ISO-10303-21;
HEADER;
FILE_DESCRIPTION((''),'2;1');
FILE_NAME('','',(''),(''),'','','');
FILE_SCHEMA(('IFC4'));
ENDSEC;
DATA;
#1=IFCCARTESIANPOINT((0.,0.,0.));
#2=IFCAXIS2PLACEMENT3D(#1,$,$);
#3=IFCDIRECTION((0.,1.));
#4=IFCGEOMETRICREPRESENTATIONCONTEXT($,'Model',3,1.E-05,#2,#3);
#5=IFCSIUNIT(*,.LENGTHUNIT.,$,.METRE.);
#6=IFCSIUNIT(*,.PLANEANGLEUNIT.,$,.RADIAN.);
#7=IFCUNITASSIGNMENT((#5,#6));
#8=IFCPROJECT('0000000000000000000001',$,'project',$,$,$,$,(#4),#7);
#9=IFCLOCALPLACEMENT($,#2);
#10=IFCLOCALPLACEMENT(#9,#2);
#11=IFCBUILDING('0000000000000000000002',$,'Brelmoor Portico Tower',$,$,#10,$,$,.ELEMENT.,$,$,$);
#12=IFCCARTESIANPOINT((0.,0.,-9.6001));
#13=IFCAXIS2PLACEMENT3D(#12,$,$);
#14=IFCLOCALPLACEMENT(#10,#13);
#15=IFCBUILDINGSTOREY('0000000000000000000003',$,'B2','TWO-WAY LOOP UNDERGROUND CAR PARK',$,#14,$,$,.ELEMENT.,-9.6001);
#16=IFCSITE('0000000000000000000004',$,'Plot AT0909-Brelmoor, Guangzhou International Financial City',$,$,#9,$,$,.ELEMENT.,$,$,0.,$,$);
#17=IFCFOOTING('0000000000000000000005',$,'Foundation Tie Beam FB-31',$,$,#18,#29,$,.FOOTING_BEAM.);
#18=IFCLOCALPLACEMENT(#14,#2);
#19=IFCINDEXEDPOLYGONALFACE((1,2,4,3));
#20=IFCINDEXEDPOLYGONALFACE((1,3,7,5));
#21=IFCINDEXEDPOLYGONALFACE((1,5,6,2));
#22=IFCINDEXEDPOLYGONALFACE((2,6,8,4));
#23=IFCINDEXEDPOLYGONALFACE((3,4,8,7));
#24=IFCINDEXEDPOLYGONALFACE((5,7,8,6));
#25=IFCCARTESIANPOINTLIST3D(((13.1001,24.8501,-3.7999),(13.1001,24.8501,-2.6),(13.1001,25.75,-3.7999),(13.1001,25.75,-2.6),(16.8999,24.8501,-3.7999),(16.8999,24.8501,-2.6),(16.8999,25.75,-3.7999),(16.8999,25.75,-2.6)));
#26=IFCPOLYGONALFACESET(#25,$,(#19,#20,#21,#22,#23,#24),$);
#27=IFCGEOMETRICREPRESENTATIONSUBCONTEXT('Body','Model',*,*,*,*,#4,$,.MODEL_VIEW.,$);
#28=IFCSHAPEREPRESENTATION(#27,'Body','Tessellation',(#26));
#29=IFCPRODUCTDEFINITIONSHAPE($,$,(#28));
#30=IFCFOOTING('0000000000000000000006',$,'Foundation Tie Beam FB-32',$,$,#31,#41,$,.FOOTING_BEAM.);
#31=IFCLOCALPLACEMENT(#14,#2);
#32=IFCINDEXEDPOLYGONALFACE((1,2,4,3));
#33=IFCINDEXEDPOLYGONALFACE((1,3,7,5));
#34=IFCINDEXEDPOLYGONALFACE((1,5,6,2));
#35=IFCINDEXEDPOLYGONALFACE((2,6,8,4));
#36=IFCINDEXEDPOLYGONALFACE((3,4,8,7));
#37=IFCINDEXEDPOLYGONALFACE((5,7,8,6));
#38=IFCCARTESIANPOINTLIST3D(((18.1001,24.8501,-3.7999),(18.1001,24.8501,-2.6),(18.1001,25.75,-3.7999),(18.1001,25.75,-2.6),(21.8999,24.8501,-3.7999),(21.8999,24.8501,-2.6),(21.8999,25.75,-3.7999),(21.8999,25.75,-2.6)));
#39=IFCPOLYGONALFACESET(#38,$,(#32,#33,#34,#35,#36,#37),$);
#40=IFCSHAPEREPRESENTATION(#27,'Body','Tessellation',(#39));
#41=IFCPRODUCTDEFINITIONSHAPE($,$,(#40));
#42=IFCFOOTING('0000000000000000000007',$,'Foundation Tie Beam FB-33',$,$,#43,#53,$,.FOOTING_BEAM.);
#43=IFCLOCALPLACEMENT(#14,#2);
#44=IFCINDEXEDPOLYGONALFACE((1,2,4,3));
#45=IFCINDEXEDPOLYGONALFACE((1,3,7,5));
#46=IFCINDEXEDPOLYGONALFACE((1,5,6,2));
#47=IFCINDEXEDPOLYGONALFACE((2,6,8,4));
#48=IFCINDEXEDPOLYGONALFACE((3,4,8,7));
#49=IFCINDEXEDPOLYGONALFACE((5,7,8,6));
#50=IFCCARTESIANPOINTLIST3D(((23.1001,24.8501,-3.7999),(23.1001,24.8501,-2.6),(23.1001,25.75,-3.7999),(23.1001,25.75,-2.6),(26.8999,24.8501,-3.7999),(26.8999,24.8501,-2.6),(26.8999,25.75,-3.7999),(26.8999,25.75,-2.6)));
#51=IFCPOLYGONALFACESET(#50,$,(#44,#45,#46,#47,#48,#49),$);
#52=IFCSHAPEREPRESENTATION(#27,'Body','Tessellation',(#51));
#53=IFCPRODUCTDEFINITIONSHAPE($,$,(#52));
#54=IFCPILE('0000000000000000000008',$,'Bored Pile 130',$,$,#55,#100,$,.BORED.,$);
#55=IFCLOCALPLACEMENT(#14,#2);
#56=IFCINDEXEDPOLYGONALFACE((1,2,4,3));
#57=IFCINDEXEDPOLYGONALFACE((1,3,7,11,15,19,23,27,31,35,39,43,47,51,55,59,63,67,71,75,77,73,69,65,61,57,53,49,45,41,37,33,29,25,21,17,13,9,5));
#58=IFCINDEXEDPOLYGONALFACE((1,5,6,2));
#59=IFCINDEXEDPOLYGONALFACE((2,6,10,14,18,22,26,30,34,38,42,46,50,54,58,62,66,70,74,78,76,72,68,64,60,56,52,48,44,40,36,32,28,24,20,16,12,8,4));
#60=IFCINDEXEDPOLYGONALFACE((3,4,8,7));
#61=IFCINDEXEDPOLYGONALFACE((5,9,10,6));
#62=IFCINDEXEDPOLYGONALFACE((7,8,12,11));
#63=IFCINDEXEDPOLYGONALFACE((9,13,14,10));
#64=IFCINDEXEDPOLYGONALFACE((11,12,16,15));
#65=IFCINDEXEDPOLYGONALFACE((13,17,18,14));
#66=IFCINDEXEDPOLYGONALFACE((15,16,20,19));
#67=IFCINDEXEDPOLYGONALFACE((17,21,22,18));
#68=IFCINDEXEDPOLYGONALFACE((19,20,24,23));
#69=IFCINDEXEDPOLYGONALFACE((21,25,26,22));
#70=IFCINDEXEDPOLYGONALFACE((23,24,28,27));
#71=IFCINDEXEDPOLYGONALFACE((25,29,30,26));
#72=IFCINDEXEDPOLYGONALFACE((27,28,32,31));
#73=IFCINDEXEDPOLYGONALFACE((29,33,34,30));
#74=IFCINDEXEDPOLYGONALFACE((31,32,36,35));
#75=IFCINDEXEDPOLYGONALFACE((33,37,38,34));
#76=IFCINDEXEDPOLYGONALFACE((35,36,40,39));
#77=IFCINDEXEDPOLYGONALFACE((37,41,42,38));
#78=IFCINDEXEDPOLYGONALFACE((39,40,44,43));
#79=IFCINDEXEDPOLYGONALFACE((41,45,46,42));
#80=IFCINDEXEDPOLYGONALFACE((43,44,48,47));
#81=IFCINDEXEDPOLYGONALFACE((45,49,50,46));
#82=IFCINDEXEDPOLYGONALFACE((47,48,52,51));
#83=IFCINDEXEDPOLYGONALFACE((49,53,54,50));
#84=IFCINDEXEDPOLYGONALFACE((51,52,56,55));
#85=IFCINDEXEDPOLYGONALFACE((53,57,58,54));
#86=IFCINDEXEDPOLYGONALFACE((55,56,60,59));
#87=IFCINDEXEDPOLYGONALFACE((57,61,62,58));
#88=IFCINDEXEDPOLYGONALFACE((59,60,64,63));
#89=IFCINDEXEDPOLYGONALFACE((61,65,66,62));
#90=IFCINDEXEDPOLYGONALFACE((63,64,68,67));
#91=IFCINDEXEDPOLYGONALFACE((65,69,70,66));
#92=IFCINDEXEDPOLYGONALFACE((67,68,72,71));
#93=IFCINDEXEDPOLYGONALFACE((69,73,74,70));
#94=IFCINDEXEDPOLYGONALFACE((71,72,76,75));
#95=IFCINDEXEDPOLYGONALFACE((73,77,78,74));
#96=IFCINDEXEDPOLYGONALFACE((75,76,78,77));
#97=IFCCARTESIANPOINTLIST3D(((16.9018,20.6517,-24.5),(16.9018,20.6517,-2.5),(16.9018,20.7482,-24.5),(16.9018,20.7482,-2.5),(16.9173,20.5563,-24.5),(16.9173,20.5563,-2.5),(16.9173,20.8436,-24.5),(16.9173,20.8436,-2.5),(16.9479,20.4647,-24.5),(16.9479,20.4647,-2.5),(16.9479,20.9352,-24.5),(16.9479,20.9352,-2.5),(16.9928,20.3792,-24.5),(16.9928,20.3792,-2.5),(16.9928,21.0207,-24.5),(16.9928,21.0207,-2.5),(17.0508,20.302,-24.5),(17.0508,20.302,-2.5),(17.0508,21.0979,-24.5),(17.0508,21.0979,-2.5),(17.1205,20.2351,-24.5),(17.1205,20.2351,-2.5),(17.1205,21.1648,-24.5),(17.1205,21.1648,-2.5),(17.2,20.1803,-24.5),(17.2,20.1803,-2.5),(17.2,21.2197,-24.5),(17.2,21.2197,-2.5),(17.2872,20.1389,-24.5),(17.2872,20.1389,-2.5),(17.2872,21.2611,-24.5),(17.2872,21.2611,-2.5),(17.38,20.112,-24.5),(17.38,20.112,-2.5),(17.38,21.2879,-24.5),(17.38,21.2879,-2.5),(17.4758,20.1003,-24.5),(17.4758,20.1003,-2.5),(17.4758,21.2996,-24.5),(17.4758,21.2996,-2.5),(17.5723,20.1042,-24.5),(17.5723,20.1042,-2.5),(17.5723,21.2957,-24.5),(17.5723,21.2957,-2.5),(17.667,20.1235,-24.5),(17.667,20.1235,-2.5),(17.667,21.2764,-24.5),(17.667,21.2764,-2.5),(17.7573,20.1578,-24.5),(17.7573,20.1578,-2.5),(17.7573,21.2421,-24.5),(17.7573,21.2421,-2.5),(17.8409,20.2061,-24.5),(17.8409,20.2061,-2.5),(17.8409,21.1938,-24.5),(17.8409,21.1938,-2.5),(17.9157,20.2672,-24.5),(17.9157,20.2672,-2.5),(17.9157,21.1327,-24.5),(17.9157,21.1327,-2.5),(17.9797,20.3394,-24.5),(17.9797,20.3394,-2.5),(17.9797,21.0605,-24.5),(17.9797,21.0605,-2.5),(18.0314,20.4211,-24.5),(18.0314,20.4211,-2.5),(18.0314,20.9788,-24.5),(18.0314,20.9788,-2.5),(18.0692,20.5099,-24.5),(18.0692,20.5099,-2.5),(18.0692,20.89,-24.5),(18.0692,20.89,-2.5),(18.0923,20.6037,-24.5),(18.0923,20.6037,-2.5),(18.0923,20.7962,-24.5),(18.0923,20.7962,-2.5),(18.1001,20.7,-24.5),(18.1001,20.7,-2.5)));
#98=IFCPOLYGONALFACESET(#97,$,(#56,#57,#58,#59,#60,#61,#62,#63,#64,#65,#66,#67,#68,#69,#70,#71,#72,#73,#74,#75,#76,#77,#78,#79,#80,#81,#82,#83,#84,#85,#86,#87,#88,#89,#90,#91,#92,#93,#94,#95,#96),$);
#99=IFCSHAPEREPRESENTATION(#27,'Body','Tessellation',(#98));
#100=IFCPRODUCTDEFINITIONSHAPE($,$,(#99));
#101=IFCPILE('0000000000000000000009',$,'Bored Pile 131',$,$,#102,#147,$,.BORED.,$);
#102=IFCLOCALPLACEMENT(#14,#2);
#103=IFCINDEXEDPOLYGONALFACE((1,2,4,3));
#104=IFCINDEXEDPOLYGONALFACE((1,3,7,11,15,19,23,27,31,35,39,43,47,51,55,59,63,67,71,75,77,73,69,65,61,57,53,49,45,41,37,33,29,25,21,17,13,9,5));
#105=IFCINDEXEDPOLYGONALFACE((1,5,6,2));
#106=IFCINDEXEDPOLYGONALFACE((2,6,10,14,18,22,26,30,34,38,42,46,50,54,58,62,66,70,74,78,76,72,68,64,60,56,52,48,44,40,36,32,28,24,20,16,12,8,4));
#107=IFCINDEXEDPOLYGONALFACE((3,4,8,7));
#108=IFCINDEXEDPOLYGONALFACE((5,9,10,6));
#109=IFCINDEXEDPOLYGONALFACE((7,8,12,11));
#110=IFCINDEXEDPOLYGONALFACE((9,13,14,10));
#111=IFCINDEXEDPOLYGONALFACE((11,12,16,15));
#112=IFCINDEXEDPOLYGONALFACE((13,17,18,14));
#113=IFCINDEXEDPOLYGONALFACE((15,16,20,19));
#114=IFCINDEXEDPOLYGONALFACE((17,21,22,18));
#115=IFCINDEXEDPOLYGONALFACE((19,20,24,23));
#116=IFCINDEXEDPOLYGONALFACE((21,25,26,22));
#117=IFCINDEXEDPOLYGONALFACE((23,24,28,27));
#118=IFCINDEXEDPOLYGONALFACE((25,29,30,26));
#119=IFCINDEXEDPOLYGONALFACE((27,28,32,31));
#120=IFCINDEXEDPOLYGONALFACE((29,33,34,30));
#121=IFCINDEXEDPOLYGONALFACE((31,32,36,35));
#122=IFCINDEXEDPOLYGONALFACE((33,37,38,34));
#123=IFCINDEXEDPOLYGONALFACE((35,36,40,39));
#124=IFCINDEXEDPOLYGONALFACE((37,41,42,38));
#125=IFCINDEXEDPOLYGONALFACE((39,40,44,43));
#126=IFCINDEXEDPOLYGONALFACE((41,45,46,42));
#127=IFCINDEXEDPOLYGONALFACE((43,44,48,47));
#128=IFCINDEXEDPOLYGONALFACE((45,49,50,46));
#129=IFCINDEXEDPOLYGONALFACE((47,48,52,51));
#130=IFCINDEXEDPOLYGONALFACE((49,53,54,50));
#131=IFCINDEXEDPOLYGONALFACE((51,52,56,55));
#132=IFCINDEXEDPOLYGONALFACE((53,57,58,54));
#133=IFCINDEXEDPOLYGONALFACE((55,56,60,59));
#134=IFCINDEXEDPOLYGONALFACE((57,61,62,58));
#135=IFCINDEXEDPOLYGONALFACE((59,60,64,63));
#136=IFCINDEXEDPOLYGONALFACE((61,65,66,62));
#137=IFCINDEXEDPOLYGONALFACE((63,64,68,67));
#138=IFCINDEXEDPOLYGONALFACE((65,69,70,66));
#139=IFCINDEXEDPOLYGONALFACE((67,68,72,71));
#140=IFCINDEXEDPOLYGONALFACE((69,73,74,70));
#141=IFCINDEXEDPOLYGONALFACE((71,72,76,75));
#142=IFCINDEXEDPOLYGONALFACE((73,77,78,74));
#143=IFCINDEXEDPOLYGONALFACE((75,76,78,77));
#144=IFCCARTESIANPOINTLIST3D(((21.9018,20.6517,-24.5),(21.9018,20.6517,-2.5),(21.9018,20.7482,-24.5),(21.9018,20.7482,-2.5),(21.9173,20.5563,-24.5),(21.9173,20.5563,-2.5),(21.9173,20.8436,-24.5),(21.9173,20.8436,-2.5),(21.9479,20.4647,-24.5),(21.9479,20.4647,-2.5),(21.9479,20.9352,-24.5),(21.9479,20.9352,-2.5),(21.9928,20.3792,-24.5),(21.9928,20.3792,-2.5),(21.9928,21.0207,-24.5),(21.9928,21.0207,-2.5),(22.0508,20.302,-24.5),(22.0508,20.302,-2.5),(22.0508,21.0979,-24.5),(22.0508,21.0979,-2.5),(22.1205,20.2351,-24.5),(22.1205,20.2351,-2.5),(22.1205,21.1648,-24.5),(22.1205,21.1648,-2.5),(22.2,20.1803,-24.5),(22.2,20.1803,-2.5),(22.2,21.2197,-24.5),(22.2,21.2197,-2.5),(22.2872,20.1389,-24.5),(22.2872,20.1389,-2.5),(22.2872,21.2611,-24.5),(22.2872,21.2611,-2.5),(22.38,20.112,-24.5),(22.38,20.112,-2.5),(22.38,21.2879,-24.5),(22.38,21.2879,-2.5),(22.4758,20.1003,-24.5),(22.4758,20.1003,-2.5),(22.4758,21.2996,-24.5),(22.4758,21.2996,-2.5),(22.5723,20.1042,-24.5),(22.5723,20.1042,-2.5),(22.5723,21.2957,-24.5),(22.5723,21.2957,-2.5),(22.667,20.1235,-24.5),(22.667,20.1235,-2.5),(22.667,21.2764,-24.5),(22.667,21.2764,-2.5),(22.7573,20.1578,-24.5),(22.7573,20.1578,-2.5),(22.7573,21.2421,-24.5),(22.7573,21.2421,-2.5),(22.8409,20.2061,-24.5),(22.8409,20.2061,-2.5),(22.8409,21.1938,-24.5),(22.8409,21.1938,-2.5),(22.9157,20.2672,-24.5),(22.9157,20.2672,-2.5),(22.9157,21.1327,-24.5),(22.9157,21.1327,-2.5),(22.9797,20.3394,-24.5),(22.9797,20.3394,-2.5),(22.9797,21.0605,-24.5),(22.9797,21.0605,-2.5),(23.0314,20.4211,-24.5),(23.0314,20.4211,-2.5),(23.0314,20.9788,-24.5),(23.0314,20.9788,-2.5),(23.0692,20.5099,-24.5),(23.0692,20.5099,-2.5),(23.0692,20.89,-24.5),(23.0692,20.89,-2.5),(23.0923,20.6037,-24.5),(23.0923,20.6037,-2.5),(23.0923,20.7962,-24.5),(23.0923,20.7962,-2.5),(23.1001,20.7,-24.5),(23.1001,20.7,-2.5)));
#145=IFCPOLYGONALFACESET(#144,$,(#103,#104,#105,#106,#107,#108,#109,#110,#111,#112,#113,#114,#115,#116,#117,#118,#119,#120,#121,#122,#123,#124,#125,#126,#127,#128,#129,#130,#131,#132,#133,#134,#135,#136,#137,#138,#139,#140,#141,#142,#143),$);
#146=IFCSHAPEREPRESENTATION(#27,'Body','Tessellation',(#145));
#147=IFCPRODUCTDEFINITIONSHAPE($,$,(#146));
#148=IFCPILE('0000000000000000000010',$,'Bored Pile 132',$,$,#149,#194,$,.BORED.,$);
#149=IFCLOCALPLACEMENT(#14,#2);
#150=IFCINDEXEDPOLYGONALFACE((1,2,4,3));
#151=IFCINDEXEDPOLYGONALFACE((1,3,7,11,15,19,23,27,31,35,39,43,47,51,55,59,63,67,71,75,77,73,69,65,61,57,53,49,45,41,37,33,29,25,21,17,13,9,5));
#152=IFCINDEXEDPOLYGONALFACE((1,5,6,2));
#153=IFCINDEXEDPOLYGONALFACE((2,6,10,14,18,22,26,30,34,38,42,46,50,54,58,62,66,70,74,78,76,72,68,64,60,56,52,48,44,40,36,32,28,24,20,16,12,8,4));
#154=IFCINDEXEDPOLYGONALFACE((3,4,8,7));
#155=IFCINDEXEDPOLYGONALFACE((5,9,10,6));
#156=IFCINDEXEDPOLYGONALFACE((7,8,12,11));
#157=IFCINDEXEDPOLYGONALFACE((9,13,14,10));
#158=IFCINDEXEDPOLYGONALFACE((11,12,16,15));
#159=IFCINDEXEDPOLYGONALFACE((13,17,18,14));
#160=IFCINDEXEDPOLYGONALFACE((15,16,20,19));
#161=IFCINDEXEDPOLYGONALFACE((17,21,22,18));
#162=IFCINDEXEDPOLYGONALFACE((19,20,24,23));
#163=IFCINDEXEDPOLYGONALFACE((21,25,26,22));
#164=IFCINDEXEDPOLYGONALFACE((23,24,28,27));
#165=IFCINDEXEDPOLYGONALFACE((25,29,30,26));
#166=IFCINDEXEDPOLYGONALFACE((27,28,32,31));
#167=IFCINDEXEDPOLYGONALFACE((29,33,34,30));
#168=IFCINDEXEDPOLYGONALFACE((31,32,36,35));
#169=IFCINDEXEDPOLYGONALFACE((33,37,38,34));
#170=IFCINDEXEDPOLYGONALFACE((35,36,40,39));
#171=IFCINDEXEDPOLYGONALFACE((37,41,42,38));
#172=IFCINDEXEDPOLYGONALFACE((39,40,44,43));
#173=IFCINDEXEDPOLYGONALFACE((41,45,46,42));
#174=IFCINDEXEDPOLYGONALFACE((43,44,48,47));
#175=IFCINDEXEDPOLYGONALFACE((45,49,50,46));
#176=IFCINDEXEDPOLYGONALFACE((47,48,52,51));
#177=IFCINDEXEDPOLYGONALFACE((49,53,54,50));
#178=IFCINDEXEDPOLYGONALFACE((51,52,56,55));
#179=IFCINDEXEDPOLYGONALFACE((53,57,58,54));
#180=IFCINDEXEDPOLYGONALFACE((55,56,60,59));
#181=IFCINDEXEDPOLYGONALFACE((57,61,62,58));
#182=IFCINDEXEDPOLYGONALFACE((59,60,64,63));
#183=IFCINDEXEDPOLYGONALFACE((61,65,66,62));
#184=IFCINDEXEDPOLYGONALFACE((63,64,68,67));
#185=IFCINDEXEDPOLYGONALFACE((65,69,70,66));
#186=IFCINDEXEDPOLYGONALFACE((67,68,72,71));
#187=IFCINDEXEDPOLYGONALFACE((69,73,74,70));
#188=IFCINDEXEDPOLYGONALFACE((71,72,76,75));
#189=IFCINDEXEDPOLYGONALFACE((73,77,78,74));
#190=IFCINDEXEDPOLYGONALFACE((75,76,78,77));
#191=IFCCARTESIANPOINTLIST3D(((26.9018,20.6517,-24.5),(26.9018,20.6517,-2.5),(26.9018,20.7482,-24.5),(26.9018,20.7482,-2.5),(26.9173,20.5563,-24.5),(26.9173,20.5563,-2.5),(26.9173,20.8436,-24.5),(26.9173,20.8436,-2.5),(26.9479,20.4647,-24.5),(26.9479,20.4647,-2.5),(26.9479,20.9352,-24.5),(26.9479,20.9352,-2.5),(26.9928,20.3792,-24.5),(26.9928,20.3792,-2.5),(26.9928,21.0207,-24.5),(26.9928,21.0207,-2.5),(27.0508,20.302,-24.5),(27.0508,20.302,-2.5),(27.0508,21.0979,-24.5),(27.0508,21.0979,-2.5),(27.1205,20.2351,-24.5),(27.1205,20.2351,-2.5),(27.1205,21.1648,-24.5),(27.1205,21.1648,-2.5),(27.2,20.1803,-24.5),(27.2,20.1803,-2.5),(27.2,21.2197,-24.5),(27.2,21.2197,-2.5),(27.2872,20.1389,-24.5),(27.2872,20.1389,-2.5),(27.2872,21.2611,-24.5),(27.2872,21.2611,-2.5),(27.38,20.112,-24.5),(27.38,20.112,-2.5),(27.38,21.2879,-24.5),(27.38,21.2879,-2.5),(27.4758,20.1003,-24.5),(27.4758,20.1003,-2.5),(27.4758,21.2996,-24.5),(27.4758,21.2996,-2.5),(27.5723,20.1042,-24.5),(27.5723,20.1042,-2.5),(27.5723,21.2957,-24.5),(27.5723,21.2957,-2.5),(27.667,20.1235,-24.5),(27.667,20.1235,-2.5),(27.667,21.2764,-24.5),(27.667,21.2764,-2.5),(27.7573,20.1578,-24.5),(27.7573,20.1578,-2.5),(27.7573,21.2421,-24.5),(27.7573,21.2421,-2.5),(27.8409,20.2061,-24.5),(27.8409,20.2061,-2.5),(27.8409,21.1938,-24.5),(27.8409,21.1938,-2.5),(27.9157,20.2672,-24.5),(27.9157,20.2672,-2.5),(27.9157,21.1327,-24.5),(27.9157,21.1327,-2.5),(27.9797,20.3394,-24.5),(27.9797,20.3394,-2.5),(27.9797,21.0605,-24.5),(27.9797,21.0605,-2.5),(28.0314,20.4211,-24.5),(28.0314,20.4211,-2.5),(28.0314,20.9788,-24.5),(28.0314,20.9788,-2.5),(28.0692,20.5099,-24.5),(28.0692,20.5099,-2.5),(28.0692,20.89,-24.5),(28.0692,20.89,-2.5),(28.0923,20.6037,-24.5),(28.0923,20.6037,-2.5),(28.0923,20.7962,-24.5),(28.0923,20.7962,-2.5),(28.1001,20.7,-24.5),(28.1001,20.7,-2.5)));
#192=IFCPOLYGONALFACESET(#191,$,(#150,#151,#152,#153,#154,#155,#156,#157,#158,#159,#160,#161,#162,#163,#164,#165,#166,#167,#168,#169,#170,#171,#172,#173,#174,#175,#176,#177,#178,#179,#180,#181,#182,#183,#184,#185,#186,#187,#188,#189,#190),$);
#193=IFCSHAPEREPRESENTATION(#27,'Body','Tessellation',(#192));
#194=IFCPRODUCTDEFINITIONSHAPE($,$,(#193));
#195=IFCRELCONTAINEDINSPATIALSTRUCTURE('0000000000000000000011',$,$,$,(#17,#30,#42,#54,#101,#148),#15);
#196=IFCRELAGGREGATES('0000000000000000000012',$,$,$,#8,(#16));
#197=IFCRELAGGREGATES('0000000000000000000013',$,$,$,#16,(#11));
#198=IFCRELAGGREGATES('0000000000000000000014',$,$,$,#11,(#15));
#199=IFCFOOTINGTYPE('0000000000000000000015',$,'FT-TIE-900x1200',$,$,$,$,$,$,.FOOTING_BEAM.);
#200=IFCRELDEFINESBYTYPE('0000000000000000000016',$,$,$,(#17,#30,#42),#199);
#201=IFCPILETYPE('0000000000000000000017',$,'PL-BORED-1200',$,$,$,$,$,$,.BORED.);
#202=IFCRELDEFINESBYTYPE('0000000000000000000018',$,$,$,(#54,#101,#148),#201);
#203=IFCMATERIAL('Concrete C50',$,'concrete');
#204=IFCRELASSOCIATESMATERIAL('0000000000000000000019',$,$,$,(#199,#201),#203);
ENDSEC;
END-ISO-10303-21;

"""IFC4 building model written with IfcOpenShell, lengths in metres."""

from ifc_helpers import new_model, si_unit, direction, frame, origin, origin_2d, place, context, subcontext, project, spatial, rectangle, circle, extrude, material, material_profile, profile_set, type_object, element, save


model = new_model("IFC4")

# Units and contexts
model_context = context("Model", 3, precision=1e-05, world=origin(), true_north=direction((0.0, 1.0)))
body_context = subcontext(model_context, "Body", "Model", "MODEL_VIEW")
ifc_project = project(units=[si_unit("LENGTHUNIT", "METRE"), si_unit("PLANEANGLEUNIT", "RADIAN")], contexts=[model_context])

# Site, building, storey
site_placement = place(None, origin())
site = spatial("IfcSite", under=ifc_project, at=site_placement, Name="Plot AT0909-Brelmoor, Guangzhou International Financial City", CompositionType="ELEMENT", RefElevation=0.0)
building_placement = place(site_placement, origin())
building = spatial("IfcBuilding", under=site, at=building_placement, Name="Brelmoor Portico Tower", CompositionType="ELEMENT")
storey_placement = place(building_placement, frame((0.0, 0.0, -9.6001)))
storey = spatial("IfcBuildingStorey", under=building, at=storey_placement, Name="B2", Description="TWO-WAY LOOP UNDERGROUND CAR PARK", CompositionType="ELEMENT", Elevation=-9.6001)

# Footings
ifc_material_1 = material(Name="Concrete C50", Category="concrete")
ifc_material_profile_1 = material_profile(ifc_material_1, rectangle(XDim=0.8999, YDim=1.2, at=origin_2d()), Name="RC 900x1200")
ifc_profile_set_1 = profile_set([ifc_material_profile_1], Name="Concrete C50")
footing_type = type_object("IfcFootingType", Name="FT-TIE-900x1200", PredefinedType="FOOTING_BEAM", material=ifc_profile_set_1)
for number, where, z_axis, x_axis, name in (
    (1, (13.1001, 25.3, -3.2), (1.0, 0.0, 0.0), (0.0, 1.0, 0.0), "Foundation Tie Beam FB-31"),
    (2, (18.1001, 25.3, -3.2), (1.0, 0.0, 0.0), (0.0, 1.0, 0.0), "Foundation Tie Beam FB-32"),
    (3, (23.1001, 25.3, -3.2), (1.0, 0.0, 0.0), (0.0, 1.0, 0.0), "Foundation Tie Beam FB-33"),
):
    element("IfcFooting", number, at=place(storey_placement, frame(where, z_axis=z_axis, x_axis=x_axis)), inside=storey, type_object=footing_type, Name=name, PredefinedType="FOOTING_BEAM", context=body_context, shape_type="SweptSolid", body=[
        extrude(rectangle(XDim=0.8999, YDim=1.2, at=origin_2d()), origin(), (0.0, 0.0, 1.0), 3.7998),
    ])

# Piles
ifc_material_profile_2 = material_profile(ifc_material_1, circle(Radius=0.6001, at=origin_2d()), Name="BORED PILE D1200")
ifc_profile_set_2 = profile_set([ifc_material_profile_2], Name="Concrete C50")
pile_type = type_object("IfcPileType", Name="PL-BORED-1200", PredefinedType="BORED", material=ifc_profile_set_2)
for number, where, z_axis, x_axis, name in (
    (4, (17.5, 20.7, -2.5), (0.0, 0.0, -1.0), (1.0, 0.0, 0.0), "Bored Pile 130"),
    (5, (22.5, 20.7, -2.5), (0.0, 0.0, -1.0), (1.0, 0.0, 0.0), "Bored Pile 131"),
    (6, (27.5, 20.7, -2.5), (0.0, 0.0, -1.0), (1.0, 0.0, 0.0), "Bored Pile 132"),
):
    element("IfcPile", number, at=place(storey_placement, frame(where, z_axis=z_axis, x_axis=x_axis)), inside=storey, type_object=pile_type, Name=name, PredefinedType="BORED", context=body_context, shape_type="SweptSolid", body=[
        extrude(circle(Radius=0.6001, at=origin_2d()), origin(), (0.0, 0.0, 1.0), 22.0),
    ])

save(model, "model.ifc")
